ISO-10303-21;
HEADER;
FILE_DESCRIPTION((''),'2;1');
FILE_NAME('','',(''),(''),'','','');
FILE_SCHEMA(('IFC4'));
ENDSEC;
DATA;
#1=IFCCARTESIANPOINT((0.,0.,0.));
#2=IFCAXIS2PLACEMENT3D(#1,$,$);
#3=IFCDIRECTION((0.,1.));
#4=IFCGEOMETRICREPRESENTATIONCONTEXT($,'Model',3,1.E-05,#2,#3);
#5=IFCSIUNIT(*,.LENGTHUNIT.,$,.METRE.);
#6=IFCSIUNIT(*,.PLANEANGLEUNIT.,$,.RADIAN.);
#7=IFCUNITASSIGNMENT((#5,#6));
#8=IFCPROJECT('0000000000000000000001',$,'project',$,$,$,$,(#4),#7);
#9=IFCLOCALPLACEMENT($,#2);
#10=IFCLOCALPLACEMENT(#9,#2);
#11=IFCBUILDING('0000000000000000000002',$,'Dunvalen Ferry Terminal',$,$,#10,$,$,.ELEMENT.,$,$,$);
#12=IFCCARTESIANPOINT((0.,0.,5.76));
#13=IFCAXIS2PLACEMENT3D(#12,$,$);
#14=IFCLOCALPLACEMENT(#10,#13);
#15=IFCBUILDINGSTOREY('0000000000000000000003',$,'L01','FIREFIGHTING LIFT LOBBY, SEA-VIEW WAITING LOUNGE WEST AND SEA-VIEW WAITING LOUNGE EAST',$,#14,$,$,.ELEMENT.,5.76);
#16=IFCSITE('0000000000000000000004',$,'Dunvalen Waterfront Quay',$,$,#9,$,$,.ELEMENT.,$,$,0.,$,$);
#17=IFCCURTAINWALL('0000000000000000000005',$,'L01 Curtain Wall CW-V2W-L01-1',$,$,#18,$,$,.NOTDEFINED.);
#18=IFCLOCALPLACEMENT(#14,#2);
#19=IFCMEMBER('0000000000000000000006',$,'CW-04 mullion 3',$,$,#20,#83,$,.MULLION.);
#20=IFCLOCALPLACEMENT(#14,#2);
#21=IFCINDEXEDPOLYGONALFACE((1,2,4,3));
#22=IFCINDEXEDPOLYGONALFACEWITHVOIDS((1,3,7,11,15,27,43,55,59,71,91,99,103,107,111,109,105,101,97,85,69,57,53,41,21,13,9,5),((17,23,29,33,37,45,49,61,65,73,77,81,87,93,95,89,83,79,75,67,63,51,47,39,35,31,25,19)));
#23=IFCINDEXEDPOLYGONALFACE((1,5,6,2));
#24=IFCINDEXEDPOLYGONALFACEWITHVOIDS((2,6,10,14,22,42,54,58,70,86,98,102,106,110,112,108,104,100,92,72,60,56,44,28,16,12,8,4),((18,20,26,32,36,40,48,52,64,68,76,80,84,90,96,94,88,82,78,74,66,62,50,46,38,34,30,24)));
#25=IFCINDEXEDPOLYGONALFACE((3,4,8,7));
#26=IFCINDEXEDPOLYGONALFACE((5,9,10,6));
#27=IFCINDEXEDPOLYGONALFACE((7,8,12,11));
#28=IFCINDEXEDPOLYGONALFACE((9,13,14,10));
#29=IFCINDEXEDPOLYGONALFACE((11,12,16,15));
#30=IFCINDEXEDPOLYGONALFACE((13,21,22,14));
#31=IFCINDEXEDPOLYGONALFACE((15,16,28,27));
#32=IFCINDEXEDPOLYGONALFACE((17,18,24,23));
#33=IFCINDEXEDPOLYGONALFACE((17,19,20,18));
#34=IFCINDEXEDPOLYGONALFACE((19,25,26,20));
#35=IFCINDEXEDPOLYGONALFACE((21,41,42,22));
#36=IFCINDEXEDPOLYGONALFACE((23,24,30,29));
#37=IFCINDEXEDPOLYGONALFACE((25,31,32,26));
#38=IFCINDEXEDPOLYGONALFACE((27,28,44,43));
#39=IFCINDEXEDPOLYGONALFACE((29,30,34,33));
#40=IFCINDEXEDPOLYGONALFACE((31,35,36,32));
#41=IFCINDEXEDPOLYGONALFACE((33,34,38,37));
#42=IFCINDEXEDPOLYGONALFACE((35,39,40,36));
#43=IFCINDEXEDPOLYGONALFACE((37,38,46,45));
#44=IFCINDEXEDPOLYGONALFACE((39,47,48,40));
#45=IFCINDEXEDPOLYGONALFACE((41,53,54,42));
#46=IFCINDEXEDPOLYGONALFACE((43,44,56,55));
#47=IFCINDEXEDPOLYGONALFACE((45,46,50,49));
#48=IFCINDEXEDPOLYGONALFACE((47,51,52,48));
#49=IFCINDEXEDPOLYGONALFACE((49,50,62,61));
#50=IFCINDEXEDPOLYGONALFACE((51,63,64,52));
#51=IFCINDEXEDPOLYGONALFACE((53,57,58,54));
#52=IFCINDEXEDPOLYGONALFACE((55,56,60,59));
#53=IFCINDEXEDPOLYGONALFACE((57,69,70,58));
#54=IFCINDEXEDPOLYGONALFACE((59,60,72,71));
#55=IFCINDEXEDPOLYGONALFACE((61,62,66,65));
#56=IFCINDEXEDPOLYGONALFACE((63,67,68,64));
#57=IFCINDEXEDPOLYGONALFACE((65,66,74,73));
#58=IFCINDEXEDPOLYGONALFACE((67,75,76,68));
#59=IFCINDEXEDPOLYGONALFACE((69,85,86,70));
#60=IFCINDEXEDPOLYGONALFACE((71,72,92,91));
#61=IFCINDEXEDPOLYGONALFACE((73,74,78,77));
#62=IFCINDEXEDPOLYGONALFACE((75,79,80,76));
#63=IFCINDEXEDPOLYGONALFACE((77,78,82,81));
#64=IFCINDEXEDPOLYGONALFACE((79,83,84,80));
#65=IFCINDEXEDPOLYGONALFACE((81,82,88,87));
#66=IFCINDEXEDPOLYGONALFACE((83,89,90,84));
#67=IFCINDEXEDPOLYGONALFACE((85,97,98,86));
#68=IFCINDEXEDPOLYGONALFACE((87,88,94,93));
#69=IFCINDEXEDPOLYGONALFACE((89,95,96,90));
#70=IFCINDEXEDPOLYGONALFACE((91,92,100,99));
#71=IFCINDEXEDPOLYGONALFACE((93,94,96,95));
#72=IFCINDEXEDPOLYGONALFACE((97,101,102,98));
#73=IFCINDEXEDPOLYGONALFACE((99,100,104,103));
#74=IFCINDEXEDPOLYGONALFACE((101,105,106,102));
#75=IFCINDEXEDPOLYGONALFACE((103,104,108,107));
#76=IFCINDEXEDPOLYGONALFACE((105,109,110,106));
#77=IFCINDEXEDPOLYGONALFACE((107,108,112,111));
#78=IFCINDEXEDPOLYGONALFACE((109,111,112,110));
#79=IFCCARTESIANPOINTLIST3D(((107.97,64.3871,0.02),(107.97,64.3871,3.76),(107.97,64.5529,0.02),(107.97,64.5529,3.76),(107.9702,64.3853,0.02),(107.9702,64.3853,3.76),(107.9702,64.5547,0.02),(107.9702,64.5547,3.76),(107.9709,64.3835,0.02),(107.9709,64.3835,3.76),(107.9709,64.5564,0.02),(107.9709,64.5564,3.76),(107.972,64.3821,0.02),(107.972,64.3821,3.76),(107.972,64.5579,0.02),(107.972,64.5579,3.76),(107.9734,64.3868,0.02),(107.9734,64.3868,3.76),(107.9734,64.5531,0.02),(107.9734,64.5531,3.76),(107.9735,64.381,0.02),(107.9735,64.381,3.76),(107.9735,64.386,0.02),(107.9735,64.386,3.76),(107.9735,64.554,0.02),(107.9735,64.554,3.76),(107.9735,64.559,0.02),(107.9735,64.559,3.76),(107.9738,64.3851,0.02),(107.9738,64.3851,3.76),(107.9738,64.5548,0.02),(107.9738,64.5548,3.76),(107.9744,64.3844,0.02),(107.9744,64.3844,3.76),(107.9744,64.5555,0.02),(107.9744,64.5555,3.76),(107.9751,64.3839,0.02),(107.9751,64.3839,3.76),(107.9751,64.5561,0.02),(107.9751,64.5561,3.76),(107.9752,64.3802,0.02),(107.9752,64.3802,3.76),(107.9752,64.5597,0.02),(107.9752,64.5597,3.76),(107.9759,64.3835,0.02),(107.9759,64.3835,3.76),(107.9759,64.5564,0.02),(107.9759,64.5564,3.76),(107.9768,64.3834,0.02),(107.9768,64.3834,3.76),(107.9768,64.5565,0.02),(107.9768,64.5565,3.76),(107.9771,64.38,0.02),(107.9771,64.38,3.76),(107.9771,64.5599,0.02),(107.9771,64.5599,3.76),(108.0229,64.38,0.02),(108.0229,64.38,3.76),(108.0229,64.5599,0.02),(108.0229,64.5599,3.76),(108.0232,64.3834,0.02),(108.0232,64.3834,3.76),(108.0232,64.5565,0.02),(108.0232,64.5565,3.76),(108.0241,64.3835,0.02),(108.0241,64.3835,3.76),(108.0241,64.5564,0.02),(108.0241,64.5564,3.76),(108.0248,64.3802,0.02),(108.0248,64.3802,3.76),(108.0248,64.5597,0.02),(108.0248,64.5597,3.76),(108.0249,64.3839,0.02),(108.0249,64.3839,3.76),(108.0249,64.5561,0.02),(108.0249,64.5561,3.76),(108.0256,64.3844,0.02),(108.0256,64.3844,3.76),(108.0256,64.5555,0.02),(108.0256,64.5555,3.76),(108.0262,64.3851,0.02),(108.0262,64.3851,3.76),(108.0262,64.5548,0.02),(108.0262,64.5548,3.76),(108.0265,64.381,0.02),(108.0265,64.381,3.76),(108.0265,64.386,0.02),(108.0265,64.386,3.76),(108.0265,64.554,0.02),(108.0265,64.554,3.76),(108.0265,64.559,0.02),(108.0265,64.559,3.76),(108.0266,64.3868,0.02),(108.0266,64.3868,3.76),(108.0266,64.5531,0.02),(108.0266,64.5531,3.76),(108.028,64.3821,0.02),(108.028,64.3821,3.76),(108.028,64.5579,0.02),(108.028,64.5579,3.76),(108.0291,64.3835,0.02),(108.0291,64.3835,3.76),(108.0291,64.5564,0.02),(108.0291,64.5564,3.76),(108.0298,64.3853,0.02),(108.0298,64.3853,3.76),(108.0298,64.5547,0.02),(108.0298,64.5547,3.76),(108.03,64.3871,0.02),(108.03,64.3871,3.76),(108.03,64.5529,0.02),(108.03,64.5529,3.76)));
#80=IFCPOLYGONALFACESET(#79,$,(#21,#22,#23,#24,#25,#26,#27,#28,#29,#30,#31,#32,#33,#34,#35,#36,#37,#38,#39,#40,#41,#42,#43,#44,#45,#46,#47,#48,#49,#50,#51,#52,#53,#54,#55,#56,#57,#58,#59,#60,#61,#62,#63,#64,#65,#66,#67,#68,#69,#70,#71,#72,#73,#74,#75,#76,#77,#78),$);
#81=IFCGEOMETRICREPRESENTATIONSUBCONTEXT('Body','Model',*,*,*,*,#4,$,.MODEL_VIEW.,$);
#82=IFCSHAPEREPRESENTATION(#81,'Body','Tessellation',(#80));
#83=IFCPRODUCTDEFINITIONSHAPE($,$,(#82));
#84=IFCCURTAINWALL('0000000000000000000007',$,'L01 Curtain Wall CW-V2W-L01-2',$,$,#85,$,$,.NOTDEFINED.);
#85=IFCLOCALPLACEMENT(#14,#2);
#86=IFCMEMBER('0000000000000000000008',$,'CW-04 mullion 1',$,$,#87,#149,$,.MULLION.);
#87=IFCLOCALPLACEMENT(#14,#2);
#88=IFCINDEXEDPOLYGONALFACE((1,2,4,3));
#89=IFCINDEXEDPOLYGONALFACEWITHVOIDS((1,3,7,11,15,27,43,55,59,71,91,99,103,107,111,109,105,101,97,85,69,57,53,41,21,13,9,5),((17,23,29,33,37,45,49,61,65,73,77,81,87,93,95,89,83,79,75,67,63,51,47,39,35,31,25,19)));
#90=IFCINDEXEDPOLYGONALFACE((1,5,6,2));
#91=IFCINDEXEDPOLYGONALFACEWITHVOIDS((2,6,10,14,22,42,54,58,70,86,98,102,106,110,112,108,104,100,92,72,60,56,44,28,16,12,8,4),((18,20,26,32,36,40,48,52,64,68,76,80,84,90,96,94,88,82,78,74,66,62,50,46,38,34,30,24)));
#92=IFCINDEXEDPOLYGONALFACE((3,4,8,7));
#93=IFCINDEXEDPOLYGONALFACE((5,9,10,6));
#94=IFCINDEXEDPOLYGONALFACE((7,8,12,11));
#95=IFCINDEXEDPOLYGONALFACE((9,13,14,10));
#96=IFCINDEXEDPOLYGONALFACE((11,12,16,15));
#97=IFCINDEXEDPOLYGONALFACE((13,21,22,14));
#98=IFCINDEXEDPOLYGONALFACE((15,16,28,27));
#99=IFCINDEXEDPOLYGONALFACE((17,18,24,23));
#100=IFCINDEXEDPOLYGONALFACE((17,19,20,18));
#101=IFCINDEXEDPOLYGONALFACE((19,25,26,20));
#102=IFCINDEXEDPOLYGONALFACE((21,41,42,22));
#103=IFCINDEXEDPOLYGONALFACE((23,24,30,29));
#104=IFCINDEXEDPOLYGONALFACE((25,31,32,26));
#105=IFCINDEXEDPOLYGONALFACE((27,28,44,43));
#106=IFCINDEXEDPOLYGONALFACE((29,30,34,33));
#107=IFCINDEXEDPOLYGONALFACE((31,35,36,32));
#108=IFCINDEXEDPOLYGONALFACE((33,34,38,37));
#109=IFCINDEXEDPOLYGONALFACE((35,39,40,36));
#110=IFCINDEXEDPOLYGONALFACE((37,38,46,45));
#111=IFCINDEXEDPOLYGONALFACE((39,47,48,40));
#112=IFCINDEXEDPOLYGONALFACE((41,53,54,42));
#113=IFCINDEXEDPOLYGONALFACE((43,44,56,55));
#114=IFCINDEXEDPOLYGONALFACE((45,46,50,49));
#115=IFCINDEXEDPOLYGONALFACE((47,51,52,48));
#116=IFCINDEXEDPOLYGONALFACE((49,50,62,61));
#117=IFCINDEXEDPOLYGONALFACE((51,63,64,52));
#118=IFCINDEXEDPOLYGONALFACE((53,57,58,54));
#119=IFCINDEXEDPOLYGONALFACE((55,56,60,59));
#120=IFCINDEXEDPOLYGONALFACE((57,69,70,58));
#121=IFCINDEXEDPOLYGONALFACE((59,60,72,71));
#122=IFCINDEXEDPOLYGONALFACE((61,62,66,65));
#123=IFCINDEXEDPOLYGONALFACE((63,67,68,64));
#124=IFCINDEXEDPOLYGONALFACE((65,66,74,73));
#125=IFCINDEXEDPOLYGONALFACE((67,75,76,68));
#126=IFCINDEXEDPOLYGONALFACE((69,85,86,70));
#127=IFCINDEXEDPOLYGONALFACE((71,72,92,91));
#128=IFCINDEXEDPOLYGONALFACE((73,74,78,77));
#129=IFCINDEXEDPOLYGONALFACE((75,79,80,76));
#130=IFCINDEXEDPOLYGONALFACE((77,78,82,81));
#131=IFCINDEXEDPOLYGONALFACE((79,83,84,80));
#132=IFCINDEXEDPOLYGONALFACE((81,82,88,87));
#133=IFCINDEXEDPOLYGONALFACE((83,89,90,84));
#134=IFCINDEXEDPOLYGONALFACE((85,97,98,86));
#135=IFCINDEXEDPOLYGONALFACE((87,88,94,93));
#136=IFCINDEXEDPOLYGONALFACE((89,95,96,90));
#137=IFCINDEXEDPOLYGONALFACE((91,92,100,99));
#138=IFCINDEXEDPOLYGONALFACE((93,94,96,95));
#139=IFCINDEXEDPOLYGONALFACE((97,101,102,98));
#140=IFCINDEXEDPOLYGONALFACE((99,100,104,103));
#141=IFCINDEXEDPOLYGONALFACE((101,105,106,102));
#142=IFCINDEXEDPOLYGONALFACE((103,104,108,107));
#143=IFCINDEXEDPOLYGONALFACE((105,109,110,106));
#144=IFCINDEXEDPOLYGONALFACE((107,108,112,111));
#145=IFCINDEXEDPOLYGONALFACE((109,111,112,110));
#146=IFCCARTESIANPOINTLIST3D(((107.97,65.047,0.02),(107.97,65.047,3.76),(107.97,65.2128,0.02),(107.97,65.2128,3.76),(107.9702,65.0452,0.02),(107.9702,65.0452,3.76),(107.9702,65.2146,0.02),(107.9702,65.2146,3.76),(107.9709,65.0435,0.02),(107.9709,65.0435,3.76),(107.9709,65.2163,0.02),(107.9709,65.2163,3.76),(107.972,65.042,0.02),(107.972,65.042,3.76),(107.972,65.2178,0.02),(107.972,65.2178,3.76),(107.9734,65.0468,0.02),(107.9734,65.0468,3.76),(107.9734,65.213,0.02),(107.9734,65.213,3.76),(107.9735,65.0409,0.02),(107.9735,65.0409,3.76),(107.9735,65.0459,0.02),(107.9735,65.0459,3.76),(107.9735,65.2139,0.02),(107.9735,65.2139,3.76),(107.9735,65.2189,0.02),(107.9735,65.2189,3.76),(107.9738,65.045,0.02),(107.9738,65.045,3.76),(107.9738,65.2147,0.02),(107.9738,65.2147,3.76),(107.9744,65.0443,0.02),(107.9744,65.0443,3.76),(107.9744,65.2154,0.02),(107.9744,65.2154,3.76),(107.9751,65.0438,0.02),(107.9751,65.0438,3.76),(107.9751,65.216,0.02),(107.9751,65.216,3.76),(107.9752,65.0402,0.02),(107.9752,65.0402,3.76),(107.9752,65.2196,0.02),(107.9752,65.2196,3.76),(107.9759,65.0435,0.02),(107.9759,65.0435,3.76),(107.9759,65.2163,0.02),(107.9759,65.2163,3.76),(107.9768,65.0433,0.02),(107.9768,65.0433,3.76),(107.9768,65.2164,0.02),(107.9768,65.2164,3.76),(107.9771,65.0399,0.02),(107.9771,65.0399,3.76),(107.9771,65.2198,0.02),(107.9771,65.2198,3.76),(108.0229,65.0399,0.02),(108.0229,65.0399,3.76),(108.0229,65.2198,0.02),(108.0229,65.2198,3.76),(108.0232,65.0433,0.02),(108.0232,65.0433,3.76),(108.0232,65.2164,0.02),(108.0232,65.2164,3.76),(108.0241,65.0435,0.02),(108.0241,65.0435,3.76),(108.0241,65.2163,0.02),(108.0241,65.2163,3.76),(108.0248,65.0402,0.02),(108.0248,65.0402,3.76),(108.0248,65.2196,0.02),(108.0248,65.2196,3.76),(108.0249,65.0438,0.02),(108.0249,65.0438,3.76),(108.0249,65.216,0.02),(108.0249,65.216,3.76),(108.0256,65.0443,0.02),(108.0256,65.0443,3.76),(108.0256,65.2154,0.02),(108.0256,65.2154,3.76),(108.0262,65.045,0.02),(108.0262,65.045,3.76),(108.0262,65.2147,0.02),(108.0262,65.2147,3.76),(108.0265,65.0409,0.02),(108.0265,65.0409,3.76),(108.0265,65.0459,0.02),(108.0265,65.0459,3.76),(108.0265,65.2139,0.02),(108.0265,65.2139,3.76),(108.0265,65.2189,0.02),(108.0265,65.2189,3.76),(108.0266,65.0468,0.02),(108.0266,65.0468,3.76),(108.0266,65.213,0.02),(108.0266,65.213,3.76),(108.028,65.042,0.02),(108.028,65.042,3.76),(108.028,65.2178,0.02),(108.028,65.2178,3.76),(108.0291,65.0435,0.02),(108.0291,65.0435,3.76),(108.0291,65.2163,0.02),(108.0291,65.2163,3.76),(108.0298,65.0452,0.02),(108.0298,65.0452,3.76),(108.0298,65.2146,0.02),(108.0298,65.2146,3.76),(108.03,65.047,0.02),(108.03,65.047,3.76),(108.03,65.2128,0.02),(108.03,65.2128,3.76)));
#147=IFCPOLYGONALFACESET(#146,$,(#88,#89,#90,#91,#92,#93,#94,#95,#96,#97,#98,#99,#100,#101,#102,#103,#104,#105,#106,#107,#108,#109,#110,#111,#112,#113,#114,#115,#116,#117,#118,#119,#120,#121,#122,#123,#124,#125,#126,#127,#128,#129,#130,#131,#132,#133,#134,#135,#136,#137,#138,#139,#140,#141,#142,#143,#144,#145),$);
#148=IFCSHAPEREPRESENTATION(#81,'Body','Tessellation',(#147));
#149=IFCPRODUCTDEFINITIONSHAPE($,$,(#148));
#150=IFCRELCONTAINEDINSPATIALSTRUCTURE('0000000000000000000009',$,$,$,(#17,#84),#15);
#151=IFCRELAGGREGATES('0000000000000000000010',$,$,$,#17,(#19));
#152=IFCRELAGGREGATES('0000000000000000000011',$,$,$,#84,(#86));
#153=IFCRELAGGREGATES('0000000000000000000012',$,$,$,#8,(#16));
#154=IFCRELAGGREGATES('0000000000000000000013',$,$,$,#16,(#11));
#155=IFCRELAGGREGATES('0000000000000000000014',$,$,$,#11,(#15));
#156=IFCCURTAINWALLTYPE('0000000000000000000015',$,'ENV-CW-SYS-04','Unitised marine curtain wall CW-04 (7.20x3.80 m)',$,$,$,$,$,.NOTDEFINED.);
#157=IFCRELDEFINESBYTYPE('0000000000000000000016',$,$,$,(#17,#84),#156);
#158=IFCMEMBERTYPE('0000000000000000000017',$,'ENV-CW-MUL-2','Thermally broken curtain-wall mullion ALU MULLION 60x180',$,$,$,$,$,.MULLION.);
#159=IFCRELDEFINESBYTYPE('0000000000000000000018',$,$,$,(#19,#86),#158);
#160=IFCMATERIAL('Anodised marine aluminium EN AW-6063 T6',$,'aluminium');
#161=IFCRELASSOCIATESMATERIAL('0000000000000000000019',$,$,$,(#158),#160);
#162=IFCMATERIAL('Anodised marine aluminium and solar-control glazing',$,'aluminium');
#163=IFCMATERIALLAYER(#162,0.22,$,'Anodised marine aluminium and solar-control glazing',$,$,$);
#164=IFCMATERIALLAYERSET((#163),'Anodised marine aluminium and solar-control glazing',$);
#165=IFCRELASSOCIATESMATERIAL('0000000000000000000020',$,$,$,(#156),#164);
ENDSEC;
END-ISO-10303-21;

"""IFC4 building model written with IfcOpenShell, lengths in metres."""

from ifc_helpers import new_model, si_unit, direction, frame, origin, origin_2d, place, context, subcontext, project, spatial, hollow_rectangle, extrude, material, layer, layer_set, material_profile, profile_set, type_object, element, aggregate, save


model = new_model("IFC4")

# Units and contexts
model_context = context("Model", 3, precision=1e-05, world=origin(), true_north=direction((0.0, 1.0)))
body_context = subcontext(model_context, "Body", "Model", "MODEL_VIEW")
ifc_project = project(units=[si_unit("LENGTHUNIT", "METRE"), si_unit("PLANEANGLEUNIT", "RADIAN")], contexts=[model_context])

# Site, building, storey
site_placement = place(None, origin())
site = spatial("IfcSite", under=ifc_project, at=site_placement, Name="Dunvalen Waterfront Quay", CompositionType="ELEMENT", RefElevation=0.0)
building_placement = place(site_placement, origin())
building = spatial("IfcBuilding", under=site, at=building_placement, Name="Dunvalen Ferry Terminal", CompositionType="ELEMENT")
storey_placement = place(building_placement, frame((0.0, 0.0, 5.76)))
storey = spatial("IfcBuildingStorey", under=building, at=storey_placement, Name="L01", Description="FIREFIGHTING LIFT LOBBY, SEA-VIEW WAITING LOUNGE WEST AND SEA-VIEW WAITING LOUNGE EAST", CompositionType="ELEMENT", Elevation=5.76)

# Shared definitions
ifc_material_1 = material(Name="Anodised marine aluminium and solar-control glazing", Category="aluminium")
ifc_material_2 = material(Name="Anodised marine aluminium EN AW-6063 T6", Category="aluminium")
ifc_material_profile_1 = material_profile(ifc_material_2, hollow_rectangle(XDim=0.0601, YDim=0.1799, WallThickness=0.0034, InnerFilletRadius=0.0034, OuterFilletRadius=0.0071, at=origin_2d()), Name="Anodised marine aluminium EN AW-6063 T6")
ifc_profile_set_1 = profile_set([ifc_material_profile_1], Name="Anodised marine aluminium EN AW-6063 T6")
member_type_1 = type_object("IfcMemberType", Name="ENV-CW-MUL-2", Description="Thermally broken curtain-wall mullion ALU MULLION 60x180", PredefinedType="MULLION", material=ifc_profile_set_1)

# Curtain walls, members
ifc_layer_1 = layer(ifc_material_1, 0.22, Name="Anodised marine aluminium and solar-control glazing")
ifc_layer_set_1 = layer_set([ifc_layer_1], Name="Anodised marine aluminium and solar-control glazing")
curtain_wall_type_1 = type_object("IfcCurtainWallType", Name="ENV-CW-SYS-04", Description="Unitised marine curtain wall CW-04 (7.20x3.80 m)", PredefinedType="NOTDEFINED", material=ifc_layer_set_1)
curtain_wall_1_placement = place(storey_placement, origin())
curtain_wall_1 = element("IfcCurtainWall", 1, at=curtain_wall_1_placement, inside=storey, type_object=curtain_wall_type_1, Name="L01 Curtain Wall CW-V2W-L01-1", PredefinedType="NOTDEFINED")
member_1_placement = place(storey_placement, frame((108.0, 64.47, 0.02), z_axis=(0.0, 0.0, 1.0), x_axis=(-1.0, 0.0, 0.0)))
member_1 = element("IfcMember", 2, at=member_1_placement, type_object=member_type_1, Name="CW-04 mullion 3", PredefinedType="MULLION", context=body_context, shape_type="SweptSolid", body=[
    extrude(hollow_rectangle(XDim=0.0601, YDim=0.1799, WallThickness=0.0034, InnerFilletRadius=0.0034, OuterFilletRadius=0.0071, at=origin_2d()), origin(), (0.0, 0.0, 1.0), 3.74),
])
curtain_wall_2_placement = place(storey_placement, origin())
curtain_wall_2 = element("IfcCurtainWall", 3, at=curtain_wall_2_placement, inside=storey, type_object=curtain_wall_type_1, Name="L01 Curtain Wall CW-V2W-L01-2", PredefinedType="NOTDEFINED")
member_2_placement = place(storey_placement, frame((108.0, 65.1299, 0.02), z_axis=(0.0, 0.0, 1.0), x_axis=(-1.0, 0.0, 0.0)))
member_2 = element("IfcMember", 4, at=member_2_placement, type_object=member_type_1, Name="CW-04 mullion 1", PredefinedType="MULLION", context=body_context, shape_type="SweptSolid", body=[
    extrude(hollow_rectangle(XDim=0.0601, YDim=0.1799, WallThickness=0.0034, InnerFilletRadius=0.0034, OuterFilletRadius=0.0071, at=origin_2d()), origin(), (0.0, 0.0, 1.0), 3.74),
])

aggregate(curtain_wall_1, [member_1])
aggregate(curtain_wall_2, [member_2])

save(model, "model.ifc")
